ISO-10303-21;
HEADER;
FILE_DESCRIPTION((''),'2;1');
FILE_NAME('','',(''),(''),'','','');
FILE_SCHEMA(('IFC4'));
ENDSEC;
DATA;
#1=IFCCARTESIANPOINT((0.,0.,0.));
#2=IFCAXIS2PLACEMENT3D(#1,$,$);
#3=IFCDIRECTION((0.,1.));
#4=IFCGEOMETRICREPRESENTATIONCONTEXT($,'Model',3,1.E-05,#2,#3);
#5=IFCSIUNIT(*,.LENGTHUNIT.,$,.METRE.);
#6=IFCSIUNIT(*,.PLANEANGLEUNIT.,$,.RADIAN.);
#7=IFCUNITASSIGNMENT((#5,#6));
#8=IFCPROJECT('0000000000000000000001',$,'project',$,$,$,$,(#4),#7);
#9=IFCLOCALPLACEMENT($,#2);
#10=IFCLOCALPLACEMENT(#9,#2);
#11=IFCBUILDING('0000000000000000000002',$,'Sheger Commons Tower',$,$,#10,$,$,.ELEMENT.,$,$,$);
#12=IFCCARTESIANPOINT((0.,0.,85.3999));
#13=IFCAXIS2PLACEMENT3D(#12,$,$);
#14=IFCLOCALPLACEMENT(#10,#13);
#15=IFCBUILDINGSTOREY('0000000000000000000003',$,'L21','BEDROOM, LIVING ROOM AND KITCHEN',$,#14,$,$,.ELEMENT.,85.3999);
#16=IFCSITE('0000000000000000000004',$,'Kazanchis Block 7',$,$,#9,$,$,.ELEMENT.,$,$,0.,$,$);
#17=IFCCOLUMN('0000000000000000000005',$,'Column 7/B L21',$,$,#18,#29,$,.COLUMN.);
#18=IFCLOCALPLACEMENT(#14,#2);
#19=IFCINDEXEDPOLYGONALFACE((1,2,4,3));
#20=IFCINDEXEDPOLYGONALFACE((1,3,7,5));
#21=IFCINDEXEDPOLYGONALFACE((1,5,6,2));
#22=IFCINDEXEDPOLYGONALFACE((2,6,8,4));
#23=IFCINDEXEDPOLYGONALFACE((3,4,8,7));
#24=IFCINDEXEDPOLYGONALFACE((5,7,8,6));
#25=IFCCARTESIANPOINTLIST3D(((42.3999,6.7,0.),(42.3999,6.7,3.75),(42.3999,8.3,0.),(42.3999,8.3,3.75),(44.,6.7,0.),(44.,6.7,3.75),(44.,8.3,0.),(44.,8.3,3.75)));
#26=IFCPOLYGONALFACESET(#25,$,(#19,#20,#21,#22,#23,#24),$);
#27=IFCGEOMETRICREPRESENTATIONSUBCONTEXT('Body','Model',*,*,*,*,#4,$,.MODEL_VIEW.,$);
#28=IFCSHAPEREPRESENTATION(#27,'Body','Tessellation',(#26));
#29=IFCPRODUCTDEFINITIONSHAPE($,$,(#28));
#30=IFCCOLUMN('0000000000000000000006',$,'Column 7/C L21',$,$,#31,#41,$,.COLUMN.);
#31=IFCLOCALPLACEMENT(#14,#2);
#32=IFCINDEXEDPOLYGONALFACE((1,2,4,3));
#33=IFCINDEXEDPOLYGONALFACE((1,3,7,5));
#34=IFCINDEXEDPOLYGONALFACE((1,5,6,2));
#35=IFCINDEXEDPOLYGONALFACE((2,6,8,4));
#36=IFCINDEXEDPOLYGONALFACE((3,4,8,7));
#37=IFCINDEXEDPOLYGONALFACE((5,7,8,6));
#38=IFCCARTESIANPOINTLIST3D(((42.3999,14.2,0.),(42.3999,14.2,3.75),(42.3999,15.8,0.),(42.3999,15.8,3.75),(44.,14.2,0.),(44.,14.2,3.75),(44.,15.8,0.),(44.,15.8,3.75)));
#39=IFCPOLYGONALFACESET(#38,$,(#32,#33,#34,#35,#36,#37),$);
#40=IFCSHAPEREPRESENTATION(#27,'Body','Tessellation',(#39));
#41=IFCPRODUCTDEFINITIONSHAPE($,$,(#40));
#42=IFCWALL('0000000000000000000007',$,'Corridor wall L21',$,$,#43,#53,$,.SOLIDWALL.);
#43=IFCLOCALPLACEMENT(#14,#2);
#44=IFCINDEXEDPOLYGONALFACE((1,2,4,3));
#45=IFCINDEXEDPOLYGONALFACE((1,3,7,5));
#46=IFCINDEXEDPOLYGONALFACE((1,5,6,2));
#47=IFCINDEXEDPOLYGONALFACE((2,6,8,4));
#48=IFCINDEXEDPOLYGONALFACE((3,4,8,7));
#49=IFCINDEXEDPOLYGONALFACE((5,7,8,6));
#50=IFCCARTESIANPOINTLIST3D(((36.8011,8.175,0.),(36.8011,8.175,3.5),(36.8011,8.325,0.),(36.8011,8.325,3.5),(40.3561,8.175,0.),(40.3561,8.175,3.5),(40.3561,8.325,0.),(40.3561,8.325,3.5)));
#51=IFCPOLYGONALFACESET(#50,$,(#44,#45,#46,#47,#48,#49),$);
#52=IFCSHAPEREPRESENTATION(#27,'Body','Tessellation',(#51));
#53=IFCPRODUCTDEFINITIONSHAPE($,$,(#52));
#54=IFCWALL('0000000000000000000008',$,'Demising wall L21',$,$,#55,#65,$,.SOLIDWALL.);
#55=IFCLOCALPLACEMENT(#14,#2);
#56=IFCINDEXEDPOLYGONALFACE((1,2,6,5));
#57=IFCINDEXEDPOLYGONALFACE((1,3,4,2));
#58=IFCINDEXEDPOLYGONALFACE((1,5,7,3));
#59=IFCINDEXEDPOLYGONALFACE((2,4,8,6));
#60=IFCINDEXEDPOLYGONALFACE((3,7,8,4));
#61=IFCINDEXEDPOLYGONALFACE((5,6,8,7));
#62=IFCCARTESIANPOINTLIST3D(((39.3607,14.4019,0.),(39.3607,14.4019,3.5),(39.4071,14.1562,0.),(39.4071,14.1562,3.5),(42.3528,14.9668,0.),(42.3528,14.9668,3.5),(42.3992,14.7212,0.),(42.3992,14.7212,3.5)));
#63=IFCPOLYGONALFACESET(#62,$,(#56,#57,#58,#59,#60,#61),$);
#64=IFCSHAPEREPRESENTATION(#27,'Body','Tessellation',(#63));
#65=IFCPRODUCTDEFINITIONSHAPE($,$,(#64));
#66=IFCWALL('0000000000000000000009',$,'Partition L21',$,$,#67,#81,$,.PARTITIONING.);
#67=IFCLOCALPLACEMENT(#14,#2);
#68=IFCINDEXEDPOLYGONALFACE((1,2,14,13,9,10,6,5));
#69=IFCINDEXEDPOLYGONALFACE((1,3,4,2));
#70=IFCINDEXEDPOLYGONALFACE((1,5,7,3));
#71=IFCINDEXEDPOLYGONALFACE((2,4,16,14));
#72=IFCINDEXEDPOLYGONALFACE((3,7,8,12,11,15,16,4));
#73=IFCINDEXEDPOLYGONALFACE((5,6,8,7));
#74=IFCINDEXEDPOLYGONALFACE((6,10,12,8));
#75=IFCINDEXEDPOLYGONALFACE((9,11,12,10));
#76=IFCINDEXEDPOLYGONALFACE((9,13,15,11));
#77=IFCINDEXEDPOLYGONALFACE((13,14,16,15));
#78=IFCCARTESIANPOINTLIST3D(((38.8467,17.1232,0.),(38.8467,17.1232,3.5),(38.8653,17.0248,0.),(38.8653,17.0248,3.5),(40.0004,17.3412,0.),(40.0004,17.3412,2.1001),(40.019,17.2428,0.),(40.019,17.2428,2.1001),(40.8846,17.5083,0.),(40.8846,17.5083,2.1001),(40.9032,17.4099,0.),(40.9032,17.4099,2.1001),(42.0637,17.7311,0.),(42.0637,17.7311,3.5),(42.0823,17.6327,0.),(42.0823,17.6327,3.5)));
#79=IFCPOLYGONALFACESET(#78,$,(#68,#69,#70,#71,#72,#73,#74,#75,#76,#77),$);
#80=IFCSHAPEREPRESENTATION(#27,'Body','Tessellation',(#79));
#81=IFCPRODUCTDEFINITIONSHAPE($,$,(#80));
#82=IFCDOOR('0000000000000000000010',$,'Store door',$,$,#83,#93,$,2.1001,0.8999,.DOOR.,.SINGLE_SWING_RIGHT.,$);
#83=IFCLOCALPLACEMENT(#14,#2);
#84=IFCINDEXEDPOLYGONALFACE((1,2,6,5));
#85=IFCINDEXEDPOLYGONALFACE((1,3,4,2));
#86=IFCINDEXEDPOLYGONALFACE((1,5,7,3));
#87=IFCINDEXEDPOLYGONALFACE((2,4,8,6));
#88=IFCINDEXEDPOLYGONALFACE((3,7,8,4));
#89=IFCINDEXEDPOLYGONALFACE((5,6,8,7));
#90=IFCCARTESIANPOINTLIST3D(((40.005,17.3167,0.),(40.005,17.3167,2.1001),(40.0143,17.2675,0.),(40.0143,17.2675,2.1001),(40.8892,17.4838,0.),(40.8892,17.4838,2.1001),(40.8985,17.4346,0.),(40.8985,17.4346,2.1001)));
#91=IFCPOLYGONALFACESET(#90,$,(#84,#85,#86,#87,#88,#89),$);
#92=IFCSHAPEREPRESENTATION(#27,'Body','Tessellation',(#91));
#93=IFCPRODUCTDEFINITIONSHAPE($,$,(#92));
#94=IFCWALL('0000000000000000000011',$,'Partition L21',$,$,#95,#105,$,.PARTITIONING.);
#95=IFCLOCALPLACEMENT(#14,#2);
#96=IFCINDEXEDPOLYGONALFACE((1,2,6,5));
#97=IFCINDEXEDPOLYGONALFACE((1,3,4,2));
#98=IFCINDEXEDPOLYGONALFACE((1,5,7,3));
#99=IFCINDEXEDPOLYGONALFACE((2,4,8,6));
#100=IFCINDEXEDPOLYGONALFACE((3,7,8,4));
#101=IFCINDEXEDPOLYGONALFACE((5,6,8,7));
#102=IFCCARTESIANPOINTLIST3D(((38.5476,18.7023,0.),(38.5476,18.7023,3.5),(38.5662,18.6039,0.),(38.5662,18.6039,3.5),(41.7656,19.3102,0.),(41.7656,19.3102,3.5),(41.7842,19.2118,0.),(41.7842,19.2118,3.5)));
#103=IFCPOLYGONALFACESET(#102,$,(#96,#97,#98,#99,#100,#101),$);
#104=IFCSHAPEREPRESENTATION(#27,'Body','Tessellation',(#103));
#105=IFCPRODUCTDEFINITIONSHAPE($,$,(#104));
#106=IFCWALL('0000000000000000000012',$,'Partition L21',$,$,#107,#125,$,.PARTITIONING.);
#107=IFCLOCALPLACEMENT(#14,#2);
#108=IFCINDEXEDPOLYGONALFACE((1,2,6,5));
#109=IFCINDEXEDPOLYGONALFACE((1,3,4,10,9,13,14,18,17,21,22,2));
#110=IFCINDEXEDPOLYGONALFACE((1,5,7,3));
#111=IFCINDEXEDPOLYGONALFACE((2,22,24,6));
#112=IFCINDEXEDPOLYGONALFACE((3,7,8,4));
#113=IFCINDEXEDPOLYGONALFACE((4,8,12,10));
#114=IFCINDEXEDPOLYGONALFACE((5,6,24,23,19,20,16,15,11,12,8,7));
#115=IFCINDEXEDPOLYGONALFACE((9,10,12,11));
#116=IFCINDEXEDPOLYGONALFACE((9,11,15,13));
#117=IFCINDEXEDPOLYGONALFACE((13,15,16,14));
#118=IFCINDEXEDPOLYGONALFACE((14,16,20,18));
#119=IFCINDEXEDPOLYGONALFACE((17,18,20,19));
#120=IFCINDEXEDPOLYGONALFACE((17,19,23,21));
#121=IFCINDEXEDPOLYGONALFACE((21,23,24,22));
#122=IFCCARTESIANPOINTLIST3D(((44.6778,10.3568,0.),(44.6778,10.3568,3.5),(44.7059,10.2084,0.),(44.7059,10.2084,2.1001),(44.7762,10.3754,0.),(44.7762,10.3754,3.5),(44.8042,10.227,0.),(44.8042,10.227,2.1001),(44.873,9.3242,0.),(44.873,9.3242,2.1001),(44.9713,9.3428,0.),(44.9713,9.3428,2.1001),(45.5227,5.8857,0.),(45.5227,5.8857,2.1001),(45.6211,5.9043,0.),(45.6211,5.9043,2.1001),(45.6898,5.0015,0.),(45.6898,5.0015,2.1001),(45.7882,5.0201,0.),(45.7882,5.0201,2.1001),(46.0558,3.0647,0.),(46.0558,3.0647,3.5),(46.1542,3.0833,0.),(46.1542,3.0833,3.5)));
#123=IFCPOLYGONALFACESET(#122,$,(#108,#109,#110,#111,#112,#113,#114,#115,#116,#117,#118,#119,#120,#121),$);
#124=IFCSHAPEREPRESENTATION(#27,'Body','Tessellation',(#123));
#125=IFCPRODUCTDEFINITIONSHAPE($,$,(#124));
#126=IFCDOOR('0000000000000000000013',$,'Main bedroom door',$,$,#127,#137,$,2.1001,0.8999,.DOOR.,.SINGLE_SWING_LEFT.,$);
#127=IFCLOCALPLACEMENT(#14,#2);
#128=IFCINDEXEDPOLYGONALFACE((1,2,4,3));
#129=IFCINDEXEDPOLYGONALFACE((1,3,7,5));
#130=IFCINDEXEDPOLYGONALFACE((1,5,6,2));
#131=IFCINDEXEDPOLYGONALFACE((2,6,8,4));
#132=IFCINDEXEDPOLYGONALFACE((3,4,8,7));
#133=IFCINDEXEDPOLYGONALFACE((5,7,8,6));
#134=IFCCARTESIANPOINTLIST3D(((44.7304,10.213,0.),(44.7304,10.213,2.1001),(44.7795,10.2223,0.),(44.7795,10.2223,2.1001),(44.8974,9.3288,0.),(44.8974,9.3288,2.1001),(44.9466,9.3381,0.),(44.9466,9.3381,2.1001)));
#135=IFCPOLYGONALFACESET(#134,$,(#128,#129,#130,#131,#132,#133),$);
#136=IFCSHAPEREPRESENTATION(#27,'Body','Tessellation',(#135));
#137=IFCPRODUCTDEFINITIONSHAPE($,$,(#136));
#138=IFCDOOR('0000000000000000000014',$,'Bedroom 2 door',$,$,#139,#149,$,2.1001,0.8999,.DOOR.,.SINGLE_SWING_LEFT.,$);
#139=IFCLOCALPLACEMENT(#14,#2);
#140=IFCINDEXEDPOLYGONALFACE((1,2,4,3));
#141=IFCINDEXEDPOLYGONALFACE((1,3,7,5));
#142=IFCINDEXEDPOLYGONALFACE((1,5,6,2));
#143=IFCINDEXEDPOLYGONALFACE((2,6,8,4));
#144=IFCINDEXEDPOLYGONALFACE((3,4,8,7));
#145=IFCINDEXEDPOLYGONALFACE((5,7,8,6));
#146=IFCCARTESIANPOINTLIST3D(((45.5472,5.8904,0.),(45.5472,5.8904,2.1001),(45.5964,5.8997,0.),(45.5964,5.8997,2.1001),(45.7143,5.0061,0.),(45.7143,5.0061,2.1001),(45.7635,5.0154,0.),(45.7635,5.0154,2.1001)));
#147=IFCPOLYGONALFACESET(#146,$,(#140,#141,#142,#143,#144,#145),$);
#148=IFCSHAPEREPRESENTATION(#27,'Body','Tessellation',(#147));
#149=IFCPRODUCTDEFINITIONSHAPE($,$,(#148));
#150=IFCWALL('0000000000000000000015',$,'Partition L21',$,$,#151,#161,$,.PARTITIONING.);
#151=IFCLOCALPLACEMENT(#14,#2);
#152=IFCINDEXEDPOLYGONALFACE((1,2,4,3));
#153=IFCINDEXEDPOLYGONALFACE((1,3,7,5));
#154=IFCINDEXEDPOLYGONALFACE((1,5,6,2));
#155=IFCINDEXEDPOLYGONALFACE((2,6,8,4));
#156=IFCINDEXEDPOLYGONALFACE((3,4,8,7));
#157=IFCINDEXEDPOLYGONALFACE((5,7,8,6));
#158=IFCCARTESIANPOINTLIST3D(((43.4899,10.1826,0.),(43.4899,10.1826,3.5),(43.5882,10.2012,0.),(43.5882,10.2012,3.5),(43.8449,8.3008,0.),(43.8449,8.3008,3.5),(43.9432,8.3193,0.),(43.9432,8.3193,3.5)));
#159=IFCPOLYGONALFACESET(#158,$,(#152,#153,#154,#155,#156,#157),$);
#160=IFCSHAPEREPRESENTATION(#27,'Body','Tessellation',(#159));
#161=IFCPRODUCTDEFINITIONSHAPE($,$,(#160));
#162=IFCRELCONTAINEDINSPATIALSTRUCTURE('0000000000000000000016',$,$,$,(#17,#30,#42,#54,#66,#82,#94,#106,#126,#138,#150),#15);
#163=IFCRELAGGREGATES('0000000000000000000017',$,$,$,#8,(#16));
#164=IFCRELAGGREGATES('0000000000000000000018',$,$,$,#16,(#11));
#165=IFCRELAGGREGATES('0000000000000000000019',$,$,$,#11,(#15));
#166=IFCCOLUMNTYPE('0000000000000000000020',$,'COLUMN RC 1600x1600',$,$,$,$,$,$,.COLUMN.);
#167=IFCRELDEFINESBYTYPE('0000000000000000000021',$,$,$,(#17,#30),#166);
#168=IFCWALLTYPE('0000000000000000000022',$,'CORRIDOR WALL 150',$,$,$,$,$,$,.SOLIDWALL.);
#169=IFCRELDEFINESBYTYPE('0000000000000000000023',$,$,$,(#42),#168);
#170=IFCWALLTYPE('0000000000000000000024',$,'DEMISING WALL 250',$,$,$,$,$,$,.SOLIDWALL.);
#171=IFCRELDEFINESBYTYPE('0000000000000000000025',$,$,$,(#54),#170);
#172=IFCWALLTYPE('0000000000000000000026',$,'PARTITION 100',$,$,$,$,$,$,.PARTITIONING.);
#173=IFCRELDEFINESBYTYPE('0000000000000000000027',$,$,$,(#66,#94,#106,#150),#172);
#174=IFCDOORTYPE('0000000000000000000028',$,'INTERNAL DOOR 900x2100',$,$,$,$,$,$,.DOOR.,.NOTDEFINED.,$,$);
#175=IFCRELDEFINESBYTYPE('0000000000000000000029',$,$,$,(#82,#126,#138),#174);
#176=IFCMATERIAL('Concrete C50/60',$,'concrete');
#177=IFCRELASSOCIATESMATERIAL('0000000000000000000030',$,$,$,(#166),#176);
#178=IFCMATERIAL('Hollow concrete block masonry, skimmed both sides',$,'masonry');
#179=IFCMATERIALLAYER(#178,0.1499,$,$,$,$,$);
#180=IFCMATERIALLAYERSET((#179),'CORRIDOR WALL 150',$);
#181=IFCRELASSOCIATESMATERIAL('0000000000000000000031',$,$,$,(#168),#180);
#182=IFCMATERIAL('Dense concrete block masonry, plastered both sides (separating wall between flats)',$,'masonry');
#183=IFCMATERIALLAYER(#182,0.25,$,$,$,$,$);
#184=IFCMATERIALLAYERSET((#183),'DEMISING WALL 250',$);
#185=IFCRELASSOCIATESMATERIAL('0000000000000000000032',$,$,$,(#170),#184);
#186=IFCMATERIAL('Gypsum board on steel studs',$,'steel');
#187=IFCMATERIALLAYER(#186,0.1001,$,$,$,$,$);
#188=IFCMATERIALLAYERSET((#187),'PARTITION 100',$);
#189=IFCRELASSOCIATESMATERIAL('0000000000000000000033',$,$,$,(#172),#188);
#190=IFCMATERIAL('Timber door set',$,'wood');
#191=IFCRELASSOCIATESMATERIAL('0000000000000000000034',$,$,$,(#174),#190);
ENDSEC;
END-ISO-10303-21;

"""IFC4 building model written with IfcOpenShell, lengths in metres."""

from ifc_helpers import new_model, si_unit, direction, frame, frame_2d, origin, origin_2d, place, context, subcontext, project, spatial, rectangle, extrude, material, layer, layer_set, material_profile, profile_set, type_object, element, fill, save


model = new_model("IFC4")

# Units and contexts
model_context = context("Model", 3, precision=1e-05, world=origin(), true_north=direction((0.0, 1.0)))
body_context = subcontext(model_context, "Body", "Model", "MODEL_VIEW")
ifc_project = project(units=[si_unit("LENGTHUNIT", "METRE"), si_unit("PLANEANGLEUNIT", "RADIAN")], contexts=[model_context])

# Site, building, storey
site_placement = place(None, origin())
site = spatial("IfcSite", under=ifc_project, at=site_placement, Name="Kazanchis Block 7", CompositionType="ELEMENT", RefElevation=0.0)
building_placement = place(site_placement, origin())
building = spatial("IfcBuilding", under=site, at=building_placement, Name="Sheger Commons Tower", CompositionType="ELEMENT")
storey_placement = place(building_placement, frame((0.0, 0.0, 85.3999)))
storey = spatial("IfcBuildingStorey", under=building, at=storey_placement, Name="L21", Description="BEDROOM, LIVING ROOM AND KITCHEN", CompositionType="ELEMENT", Elevation=85.3999)

# Columns
ifc_material_1 = material(Name="Concrete C50/60", Category="concrete")
ifc_material_profile = material_profile(ifc_material_1, rectangle(XDim=1.6001, YDim=1.6001, at=origin_2d()), Name="RC 1600x1600")
ifc_profile_set = profile_set([ifc_material_profile], Name="Concrete C50/60")
column_type = type_object("IfcColumnType", Name="COLUMN RC 1600x1600", PredefinedType="COLUMN", material=ifc_profile_set)
for number, where, z_axis, x_axis, name in (
    (1, (43.2, 7.5, 0.0), (0.0, 0.0, 1.0), (1.0, 0.0, 0.0), "Column 7/B L21"),
    (2, (43.2, 15.0, 0.0), (0.0, 0.0, 1.0), (1.0, 0.0, 0.0), "Column 7/C L21"),
):
    element("IfcColumn", number, at=place(storey_placement, frame(where, z_axis=z_axis, x_axis=x_axis)), inside=storey, type_object=column_type, Name=name, PredefinedType="COLUMN", context=body_context, shape_type="SweptSolid", body=[
        extrude(rectangle(XDim=1.6001, YDim=1.6001, at=origin_2d()), origin(), (0.0, 0.0, 1.0), 3.75),
    ])

# Walls
ifc_material_2 = material(Name="Hollow concrete block masonry, skimmed both sides", Category="masonry")
ifc_layer_1 = layer(ifc_material_2, 0.1499)
ifc_layer_set_1 = layer_set([ifc_layer_1], Name="CORRIDOR WALL 150")
wall_type_1 = type_object("IfcWallType", Name="CORRIDOR WALL 150", PredefinedType="SOLIDWALL", material=ifc_layer_set_1)
wall_1_placement = place(storey_placement, frame((40.356, 8.25, 0.0), z_axis=(0.0, 0.0, 1.0), x_axis=(-1.0, 0.0, 0.0)))
element("IfcWall", 3, at=wall_1_placement, inside=storey, type_object=wall_type_1, Name="Corridor wall L21", PredefinedType="SOLIDWALL", context=body_context, shape_type="SweptSolid", body=[
    extrude(rectangle(XDim=3.5549, YDim=0.1499, at=frame_2d((1.7773, 0.0))), origin(), (0.0, 0.0, 1.0), 3.5),
])
ifc_material_3 = material(Name="Dense concrete block masonry, plastered both sides (separating wall between flats)", Category="masonry")
ifc_layer_2 = layer(ifc_material_3, 0.25)
ifc_layer_set_2 = layer_set([ifc_layer_2], Name="DEMISING WALL 250")
wall_type_2 = type_object("IfcWallType", Name="DEMISING WALL 250", PredefinedType="SOLIDWALL", material=ifc_layer_set_2)
wall_2_placement = place(storey_placement, frame((42.376, 14.844, 0.0), z_axis=(0.0, 0.0, 1.0), x_axis=(-0.982636, -0.185542, 0.0)))
element("IfcWall", 4, at=wall_2_placement, inside=storey, type_object=wall_type_2, Name="Demising wall L21", PredefinedType="SOLIDWALL", context=body_context, shape_type="SweptSolid", body=[
    extrude(rectangle(XDim=3.0449, YDim=0.25, at=frame_2d((1.5225, 0.0))), origin(), (0.0, 0.0, 1.0), 3.5),
])

# Wall, opening, door
ifc_material_4 = material(Name="Gypsum board on steel studs", Category="steel")
ifc_layer_3 = layer(ifc_material_4, 0.1001)
ifc_layer_set_3 = layer_set([ifc_layer_3], Name="PARTITION 100")
wall_type_3 = type_object("IfcWallType", Name="PARTITION 100", PredefinedType="PARTITIONING", material=ifc_layer_set_3)
wall_3_placement = place(storey_placement, frame((42.073, 17.6819, 0.0), z_axis=(0.0, 0.0, 1.0), x_axis=(-0.98261, -0.18568, 0.0)))
wall_3 = element("IfcWall", 5, at=wall_3_placement, inside=storey, type_object=wall_type_3, Name="Partition L21", PredefinedType="PARTITIONING", context=body_context, shape_type="SweptSolid", body=[
    extrude(rectangle(XDim=3.2739, YDim=0.1001, at=frame_2d((1.637, 0.0))), origin(), (0.0, 0.0, 1.0), 3.5),
])
opening_1_placement = place(wall_3_placement, frame((1.2, 0.0, 0.0)))
opening_1 = element("IfcOpeningElement", 6, at=opening_1_placement, cuts=wall_3, PredefinedType="OPENING", context=body_context, shape_type="SweptSolid", body=[
    extrude(rectangle(XDim=0.8999, YDim=2.1001, at=frame_2d((0.45, 1.05))), frame((0.0, 0.0601, 0.0), z_axis=(0.0, -1.0, 0.0), x_axis=(1.0, 0.0, 0.0)), (0.0, 0.0, 1.0), 0.1201),
])
ifc_material_5 = material(Name="Timber door set", Category="wood")
door_type_1 = type_object("IfcDoorType", Name="INTERNAL DOOR 900x2100", OperationType="NOTDEFINED", PredefinedType="DOOR", material=ifc_material_5)
door_1_placement = place(opening_1_placement, origin())
door_1 = element("IfcDoor", 7, at=door_1_placement, inside=storey, type_object=door_type_1, Name="Store door", OperationType="SINGLE_SWING_RIGHT", OverallHeight=2.1001, OverallWidth=0.8999, PredefinedType="DOOR", context=body_context, shape_type="SweptSolid", body=[
    extrude(rectangle(XDim=0.8999, YDim=2.1001, at=frame_2d((0.45, 1.05))), frame((0.0, 0.0249, 0.0), z_axis=(0.0, -1.0, 0.0), x_axis=(1.0, 0.0, 0.0)), (0.0, 0.0, 1.0), 0.05),
])
fill(opening_1, door_1)

# Wall
wall_4_placement = place(storey_placement, frame((41.7749, 19.261, 0.0), z_axis=(0.0, 0.0, 1.0), x_axis=(-0.982621, -0.185625, 0.0)))
element("IfcWall", 8, at=wall_4_placement, inside=storey, type_object=wall_type_3, Name="Partition L21", PredefinedType="PARTITIONING", context=body_context, shape_type="SweptSolid", body=[
    extrude(rectangle(XDim=3.2749, YDim=0.1001, at=frame_2d((1.6375, 0.0))), origin(), (0.0, 0.0, 1.0), 3.5),
])

# Wall, openings, doors
wall_5_placement = place(storey_placement, frame((44.7271, 10.366, 0.0), z_axis=(0.0, 0.0, 1.0), x_axis=(0.185679, -0.98261, 0.0)))
wall_5 = element("IfcWall", 9, at=wall_5_placement, inside=storey, type_object=wall_type_3, Name="Partition L21", PredefinedType="PARTITIONING", context=body_context, shape_type="SweptSolid", body=[
    extrude(rectangle(XDim=7.4211, YDim=0.1001, at=frame_2d((3.7104, 0.0))), origin(), (0.0, 0.0, 1.0), 3.5),
])
opening_2_placement = place(wall_5_placement, frame((0.1509, 0.0, 0.0)))
opening_2 = element("IfcOpeningElement", 10, at=opening_2_placement, cuts=wall_5, PredefinedType="OPENING", context=body_context, shape_type="SweptSolid", body=[
    extrude(rectangle(XDim=0.8999, YDim=2.1001, at=frame_2d((0.45, 1.05))), frame((0.0, 0.0601, 0.0), z_axis=(0.0, -1.0, 0.0), x_axis=(1.0, 0.0, 0.0)), (0.0, 0.0, 1.0), 0.1201),
])
opening_3_placement = place(wall_5_placement, frame((4.55, 0.0, 0.0)))
opening_3 = element("IfcOpeningElement", 11, at=opening_3_placement, cuts=wall_5, PredefinedType="OPENING", context=body_context, shape_type="SweptSolid", body=[
    extrude(rectangle(XDim=0.8999, YDim=2.1001, at=frame_2d((0.45, 1.05))), frame((0.0, 0.0601, 0.0), z_axis=(0.0, -1.0, 0.0), x_axis=(1.0, 0.0, 0.0)), (0.0, 0.0, 1.0), 0.1201),
])
door_2_placement = place(opening_2_placement, origin())
door_2 = element("IfcDoor", 12, at=door_2_placement, inside=storey, type_object=door_type_1, Name="Main bedroom door", OperationType="SINGLE_SWING_LEFT", OverallHeight=2.1001, OverallWidth=0.8999, PredefinedType="DOOR", context=body_context, shape_type="SweptSolid", body=[
    extrude(rectangle(XDim=0.8999, YDim=2.1001, at=frame_2d((0.45, 1.05))), frame((0.0, 0.0249, 0.0), z_axis=(0.0, -1.0, 0.0), x_axis=(1.0, 0.0, 0.0)), (0.0, 0.0, 1.0), 0.05),
])
fill(opening_2, door_2)
door_3_placement = place(opening_3_placement, origin())
door_3 = element("IfcDoor", 13, at=door_3_placement, inside=storey, type_object=door_type_1, Name="Bedroom 2 door", OperationType="SINGLE_SWING_LEFT", OverallHeight=2.1001, OverallWidth=0.8999, PredefinedType="DOOR", context=body_context, shape_type="SweptSolid", body=[
    extrude(rectangle(XDim=0.8999, YDim=2.1001, at=frame_2d((0.45, 1.05))), frame((0.0, 0.0249, 0.0), z_axis=(0.0, -1.0, 0.0), x_axis=(1.0, 0.0, 0.0)), (0.0, 0.0, 1.0), 0.05),
])
fill(opening_3, door_3)

# Wall
wall_6_placement = place(storey_placement, frame((43.5391, 10.1919, 0.0), z_axis=(0.0, 0.0, 1.0), x_axis=(0.185366, -0.98267, 0.0)))
element("IfcWall", 14, at=wall_6_placement, inside=storey, type_object=wall_type_3, Name="Partition L21", PredefinedType="PARTITIONING", context=body_context, shape_type="SweptSolid", body=[
    extrude(rectangle(XDim=1.915, YDim=0.1001, at=frame_2d((0.9575, 0.0))), origin(), (0.0, 0.0, 1.0), 3.5),
])

save(model, "model.ifc")
